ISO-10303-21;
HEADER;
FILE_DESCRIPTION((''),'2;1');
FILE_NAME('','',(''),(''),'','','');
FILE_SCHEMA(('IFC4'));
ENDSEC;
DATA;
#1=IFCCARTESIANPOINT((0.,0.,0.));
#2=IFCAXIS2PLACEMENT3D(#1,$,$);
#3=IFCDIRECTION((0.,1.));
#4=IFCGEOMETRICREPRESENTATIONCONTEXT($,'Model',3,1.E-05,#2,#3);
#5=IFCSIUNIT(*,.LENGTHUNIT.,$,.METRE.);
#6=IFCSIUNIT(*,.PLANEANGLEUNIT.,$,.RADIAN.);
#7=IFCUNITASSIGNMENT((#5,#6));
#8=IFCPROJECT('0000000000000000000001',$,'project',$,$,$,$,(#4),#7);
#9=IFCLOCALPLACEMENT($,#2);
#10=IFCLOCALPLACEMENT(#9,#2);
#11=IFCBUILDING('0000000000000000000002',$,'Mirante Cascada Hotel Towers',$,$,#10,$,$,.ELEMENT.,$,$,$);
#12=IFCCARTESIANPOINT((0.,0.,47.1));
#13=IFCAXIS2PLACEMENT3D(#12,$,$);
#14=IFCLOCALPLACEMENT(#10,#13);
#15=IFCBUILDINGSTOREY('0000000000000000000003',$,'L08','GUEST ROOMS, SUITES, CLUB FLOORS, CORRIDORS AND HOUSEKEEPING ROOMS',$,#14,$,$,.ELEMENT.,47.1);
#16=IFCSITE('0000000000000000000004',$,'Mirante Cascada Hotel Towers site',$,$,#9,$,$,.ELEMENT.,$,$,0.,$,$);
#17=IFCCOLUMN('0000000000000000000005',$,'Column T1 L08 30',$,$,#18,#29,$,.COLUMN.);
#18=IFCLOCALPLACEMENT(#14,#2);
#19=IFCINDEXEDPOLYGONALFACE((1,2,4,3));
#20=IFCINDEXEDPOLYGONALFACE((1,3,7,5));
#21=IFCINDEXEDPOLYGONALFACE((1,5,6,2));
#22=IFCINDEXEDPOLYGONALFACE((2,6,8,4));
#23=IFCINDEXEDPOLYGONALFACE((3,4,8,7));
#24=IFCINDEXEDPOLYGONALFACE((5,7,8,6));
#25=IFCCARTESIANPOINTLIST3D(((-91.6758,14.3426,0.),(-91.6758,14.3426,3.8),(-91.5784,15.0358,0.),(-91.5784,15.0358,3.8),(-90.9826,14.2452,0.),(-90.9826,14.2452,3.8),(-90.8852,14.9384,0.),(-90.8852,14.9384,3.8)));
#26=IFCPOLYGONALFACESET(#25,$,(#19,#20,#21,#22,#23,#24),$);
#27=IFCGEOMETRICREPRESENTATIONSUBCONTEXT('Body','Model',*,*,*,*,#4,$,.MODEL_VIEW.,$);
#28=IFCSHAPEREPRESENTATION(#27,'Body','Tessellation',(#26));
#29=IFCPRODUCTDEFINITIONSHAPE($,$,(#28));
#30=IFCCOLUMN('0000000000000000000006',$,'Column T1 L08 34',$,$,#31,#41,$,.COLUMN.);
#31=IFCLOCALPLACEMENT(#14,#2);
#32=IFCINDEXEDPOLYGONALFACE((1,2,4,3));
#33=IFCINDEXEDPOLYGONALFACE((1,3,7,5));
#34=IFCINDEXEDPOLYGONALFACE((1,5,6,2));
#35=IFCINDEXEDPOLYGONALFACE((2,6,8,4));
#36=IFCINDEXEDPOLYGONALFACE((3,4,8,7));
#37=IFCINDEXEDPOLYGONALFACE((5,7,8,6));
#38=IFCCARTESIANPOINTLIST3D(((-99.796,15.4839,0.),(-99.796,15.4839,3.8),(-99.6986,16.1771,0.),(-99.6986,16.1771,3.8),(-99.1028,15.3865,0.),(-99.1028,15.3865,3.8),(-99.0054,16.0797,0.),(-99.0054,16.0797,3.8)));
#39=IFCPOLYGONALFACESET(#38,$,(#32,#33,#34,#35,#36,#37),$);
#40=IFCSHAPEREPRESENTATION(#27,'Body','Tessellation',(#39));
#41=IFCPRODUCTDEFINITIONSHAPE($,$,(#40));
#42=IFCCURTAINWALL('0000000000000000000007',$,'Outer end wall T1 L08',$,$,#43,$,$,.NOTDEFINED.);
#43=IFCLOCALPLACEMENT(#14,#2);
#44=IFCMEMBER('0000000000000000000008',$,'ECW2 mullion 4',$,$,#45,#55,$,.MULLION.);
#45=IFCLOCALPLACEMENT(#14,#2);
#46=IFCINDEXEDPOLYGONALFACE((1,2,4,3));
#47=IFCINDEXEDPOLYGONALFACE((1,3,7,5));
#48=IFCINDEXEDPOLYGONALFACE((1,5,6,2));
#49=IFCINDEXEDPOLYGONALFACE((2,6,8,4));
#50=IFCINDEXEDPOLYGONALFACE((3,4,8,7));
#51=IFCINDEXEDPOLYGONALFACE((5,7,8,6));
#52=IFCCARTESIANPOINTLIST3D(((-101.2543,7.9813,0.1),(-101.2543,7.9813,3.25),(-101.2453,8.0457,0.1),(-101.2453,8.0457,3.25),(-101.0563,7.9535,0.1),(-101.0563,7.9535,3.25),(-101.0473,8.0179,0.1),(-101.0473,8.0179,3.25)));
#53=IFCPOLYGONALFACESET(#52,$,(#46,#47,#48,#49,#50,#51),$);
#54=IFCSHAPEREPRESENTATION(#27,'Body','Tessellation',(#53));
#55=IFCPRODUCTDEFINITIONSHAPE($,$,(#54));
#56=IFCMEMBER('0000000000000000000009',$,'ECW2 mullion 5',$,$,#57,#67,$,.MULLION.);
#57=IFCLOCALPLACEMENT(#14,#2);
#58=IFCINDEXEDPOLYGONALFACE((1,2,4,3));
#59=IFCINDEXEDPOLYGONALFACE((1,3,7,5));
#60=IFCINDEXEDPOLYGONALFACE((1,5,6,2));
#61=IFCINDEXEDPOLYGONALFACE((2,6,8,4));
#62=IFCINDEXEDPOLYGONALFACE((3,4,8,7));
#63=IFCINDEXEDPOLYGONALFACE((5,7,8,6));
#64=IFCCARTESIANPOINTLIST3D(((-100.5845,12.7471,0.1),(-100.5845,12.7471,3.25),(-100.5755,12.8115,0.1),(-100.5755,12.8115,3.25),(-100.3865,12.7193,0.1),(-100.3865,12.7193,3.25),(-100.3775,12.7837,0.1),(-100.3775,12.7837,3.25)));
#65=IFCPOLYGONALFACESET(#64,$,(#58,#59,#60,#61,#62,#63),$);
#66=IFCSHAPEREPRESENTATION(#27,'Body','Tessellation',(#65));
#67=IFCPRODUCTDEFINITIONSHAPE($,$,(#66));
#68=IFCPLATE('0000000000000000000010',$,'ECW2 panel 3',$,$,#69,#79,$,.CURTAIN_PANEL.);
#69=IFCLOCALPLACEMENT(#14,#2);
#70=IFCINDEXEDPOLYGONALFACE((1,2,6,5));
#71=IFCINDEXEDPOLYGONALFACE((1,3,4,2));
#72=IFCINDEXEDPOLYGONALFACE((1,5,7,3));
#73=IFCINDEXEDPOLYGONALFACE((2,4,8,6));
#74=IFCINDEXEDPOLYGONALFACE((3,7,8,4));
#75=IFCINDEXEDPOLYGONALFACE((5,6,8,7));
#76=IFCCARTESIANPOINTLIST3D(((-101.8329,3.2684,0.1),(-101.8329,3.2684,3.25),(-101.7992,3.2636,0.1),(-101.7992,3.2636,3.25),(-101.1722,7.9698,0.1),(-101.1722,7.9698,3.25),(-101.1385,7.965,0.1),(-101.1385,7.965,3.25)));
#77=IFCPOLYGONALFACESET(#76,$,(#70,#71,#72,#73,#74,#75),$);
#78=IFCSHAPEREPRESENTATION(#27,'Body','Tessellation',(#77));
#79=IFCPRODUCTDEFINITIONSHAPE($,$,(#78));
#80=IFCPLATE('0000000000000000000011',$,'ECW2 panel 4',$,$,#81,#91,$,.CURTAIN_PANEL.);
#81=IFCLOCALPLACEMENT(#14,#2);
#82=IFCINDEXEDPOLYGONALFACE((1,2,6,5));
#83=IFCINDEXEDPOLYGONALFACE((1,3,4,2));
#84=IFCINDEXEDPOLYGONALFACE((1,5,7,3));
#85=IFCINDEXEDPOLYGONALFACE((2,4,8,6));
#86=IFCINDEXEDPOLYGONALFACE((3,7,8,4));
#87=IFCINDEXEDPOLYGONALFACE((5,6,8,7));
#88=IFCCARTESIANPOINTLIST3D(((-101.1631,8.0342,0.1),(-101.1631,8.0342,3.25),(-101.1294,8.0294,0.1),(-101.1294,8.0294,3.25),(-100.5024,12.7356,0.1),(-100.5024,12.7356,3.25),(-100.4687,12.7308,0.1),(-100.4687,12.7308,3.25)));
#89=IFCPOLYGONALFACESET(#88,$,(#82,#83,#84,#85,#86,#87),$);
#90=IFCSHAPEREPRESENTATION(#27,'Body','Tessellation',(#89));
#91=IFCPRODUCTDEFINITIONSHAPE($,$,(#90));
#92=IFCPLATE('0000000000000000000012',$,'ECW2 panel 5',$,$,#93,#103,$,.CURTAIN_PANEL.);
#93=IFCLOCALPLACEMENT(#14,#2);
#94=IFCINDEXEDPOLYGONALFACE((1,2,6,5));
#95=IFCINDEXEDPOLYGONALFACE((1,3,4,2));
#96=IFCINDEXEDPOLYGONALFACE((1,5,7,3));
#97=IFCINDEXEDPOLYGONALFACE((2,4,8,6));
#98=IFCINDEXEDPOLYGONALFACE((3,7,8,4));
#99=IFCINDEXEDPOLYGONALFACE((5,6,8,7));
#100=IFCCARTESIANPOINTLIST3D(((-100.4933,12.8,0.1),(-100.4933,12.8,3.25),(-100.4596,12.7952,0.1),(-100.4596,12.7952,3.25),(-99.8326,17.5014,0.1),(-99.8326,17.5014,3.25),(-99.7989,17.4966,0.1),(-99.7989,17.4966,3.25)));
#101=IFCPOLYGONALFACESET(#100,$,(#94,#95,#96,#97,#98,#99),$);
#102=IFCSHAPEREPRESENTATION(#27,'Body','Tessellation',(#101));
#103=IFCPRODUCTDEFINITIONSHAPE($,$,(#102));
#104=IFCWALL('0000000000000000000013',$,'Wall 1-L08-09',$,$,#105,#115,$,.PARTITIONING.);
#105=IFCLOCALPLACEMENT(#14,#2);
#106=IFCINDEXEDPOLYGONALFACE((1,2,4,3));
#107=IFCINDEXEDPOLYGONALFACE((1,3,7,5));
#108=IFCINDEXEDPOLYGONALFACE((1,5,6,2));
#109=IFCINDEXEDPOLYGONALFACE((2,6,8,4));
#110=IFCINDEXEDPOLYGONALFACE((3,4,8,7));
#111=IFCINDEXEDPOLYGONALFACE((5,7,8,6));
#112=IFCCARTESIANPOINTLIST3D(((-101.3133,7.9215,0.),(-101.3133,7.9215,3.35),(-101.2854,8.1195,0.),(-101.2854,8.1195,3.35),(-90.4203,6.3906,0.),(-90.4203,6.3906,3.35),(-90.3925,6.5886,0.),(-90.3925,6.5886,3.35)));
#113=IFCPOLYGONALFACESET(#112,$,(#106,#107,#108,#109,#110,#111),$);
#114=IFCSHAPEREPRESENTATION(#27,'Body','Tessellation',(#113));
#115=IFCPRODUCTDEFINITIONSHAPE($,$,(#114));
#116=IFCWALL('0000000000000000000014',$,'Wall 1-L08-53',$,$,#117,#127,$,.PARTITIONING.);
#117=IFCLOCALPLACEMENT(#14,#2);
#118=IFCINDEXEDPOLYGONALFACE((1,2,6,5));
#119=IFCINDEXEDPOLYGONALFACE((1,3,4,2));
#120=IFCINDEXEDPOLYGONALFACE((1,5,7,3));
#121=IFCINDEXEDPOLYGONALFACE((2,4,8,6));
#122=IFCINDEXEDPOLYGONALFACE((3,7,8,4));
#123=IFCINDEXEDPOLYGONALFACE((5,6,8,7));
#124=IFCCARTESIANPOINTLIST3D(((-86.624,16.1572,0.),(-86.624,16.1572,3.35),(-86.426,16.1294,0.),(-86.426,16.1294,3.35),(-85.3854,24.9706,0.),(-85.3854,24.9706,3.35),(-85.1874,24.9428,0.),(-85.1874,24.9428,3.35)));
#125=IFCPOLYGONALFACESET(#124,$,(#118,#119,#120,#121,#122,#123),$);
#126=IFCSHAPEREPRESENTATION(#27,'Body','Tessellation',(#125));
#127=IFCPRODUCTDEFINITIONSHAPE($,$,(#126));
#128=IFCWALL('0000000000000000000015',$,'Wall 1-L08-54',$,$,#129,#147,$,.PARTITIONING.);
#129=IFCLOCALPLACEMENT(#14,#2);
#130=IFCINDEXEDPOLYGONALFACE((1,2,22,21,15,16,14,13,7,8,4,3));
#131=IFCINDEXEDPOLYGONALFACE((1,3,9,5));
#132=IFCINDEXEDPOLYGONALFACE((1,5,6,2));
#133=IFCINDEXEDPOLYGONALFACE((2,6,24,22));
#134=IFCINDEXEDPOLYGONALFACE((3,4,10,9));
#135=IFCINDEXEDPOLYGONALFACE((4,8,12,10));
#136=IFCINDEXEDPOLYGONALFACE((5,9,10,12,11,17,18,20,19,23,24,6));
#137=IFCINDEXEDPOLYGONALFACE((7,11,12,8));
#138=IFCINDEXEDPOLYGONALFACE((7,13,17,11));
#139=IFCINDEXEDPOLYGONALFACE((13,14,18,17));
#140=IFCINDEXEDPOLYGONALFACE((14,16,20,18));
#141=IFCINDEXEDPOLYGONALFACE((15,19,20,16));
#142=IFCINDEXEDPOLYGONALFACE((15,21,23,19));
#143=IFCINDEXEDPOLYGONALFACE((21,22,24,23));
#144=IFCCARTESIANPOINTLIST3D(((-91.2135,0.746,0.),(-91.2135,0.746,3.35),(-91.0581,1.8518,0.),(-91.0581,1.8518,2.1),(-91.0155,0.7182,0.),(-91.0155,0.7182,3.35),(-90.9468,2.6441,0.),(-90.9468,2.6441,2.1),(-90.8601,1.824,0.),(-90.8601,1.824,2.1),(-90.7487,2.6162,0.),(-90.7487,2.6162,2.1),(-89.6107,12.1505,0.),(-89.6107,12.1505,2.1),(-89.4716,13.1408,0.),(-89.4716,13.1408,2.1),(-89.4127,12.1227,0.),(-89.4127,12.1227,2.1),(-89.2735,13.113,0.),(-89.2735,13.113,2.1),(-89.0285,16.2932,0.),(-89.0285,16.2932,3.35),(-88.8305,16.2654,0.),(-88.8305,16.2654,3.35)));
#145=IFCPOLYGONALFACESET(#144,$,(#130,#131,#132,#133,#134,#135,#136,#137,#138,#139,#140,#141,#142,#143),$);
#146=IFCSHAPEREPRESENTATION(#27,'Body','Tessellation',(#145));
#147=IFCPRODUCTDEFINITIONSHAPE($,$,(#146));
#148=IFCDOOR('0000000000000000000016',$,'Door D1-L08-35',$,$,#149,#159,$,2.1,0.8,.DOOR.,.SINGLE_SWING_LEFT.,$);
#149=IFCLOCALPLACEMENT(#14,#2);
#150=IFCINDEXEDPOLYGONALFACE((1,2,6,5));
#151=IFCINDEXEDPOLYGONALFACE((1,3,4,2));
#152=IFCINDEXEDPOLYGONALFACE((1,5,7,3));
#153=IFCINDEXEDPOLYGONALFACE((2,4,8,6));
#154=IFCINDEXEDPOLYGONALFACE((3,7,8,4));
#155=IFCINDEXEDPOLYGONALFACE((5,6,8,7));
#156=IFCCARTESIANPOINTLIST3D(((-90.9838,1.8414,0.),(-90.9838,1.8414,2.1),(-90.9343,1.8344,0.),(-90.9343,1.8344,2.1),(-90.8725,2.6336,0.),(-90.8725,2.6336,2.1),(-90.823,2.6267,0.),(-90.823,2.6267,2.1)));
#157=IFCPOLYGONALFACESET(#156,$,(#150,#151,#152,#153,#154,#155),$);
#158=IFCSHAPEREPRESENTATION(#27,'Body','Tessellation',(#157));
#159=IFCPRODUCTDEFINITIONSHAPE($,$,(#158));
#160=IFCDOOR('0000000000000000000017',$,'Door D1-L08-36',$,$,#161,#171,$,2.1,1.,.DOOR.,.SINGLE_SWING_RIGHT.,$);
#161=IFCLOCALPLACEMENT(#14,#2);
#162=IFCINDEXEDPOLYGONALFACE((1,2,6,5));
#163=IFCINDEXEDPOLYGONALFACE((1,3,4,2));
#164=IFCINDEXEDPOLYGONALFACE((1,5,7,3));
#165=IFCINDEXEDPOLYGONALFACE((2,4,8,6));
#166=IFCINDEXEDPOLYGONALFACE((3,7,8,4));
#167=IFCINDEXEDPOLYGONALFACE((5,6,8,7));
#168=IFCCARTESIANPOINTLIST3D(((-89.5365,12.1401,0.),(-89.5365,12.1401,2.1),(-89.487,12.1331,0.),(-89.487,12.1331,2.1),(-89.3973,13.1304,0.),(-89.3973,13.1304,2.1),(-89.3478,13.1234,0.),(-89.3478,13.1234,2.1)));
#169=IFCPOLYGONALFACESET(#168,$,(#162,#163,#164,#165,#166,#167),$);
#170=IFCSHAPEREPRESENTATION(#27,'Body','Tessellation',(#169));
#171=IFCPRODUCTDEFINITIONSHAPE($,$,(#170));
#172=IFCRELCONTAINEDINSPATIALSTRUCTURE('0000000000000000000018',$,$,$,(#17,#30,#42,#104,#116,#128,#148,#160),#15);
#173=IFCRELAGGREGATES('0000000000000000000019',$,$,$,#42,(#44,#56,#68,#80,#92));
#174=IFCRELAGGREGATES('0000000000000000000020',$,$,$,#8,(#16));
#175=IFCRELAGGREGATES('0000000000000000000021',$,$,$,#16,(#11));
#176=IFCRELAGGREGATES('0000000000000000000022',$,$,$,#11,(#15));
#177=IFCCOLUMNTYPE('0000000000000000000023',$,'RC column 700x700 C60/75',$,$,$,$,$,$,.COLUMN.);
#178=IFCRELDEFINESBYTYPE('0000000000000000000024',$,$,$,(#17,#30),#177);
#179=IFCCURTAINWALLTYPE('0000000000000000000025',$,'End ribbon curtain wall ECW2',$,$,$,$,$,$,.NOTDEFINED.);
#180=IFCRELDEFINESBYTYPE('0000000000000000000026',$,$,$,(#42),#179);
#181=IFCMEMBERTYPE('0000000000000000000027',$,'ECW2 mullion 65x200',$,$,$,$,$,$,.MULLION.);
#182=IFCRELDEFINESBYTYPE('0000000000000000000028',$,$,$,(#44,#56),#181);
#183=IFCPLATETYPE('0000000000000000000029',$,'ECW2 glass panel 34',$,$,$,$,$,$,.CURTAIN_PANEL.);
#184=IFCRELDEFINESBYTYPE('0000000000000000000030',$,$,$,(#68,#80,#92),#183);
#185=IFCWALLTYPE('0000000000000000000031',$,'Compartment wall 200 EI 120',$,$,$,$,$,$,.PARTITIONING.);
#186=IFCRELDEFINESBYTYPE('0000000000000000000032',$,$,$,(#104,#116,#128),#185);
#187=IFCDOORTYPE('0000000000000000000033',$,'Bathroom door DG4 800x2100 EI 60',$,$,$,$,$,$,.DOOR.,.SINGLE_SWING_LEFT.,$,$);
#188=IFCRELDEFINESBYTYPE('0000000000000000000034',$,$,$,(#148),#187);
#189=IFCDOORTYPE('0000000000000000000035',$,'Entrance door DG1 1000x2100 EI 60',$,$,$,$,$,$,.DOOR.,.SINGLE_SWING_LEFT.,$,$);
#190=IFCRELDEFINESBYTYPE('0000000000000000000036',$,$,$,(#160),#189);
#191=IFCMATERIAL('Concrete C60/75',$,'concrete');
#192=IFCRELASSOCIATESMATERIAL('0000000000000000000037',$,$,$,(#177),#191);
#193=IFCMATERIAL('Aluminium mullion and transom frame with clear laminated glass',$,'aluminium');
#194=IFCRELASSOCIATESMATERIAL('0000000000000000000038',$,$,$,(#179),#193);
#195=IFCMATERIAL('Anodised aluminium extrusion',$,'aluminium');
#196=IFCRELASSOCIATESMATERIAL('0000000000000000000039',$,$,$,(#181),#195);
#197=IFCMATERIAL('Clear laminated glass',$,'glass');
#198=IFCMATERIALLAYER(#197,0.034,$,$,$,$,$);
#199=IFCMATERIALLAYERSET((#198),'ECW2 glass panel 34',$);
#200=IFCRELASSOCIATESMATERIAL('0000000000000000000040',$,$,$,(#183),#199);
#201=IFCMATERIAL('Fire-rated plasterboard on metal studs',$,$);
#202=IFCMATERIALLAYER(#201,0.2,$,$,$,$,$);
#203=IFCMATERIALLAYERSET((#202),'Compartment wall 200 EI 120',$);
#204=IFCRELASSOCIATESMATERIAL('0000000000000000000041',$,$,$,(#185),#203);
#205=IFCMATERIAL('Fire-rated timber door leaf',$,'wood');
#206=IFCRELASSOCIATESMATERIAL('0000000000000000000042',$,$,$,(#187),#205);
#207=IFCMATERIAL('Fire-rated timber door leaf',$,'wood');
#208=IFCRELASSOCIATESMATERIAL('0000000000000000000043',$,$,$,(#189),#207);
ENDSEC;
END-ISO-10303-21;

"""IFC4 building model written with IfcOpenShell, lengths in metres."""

from ifc_helpers import new_model, si_unit, direction, frame, frame_2d, origin, origin_2d, place, context, subcontext, project, spatial, rectangle, extrude, material, layer, layer_set, material_profile, profile_set, type_object, element, fill, aggregate, save


model = new_model("IFC4")

# Units and contexts
model_context = context("Model", 3, precision=1e-05, world=origin(), true_north=direction((0.0, 1.0)))
body_context = subcontext(model_context, "Body", "Model", "MODEL_VIEW")
ifc_project = project(units=[si_unit("LENGTHUNIT", "METRE"), si_unit("PLANEANGLEUNIT", "RADIAN")], contexts=[model_context])

# Site, building, storey
site_placement = place(None, origin())
site = spatial("IfcSite", under=ifc_project, at=site_placement, Name="Mirante Cascada Hotel Towers site", CompositionType="ELEMENT", RefElevation=0.0)
building_placement = place(site_placement, origin())
building = spatial("IfcBuilding", under=site, at=building_placement, Name="Mirante Cascada Hotel Towers", CompositionType="ELEMENT")
storey_placement = place(building_placement, frame((0.0, 0.0, 47.1)))
storey = spatial("IfcBuildingStorey", under=building, at=storey_placement, Name="L08", Description="GUEST ROOMS, SUITES, CLUB FLOORS, CORRIDORS AND HOUSEKEEPING ROOMS", CompositionType="ELEMENT", Elevation=47.1)

# Columns
ifc_material_1 = material(Name="Concrete C60/75", Category="concrete")
ifc_material_profile_1 = material_profile(ifc_material_1, rectangle(XDim=0.7, YDim=0.7, at=origin_2d()), Name="RC column 700x700 C60/75")
ifc_profile_set_1 = profile_set([ifc_material_profile_1], Name="Concrete C60/75")
column_type = type_object("IfcColumnType", Name="RC column 700x700 C60/75", PredefinedType="COLUMN", material=ifc_profile_set_1)
for number, where, z_axis, x_axis, name in (
    (1, (-91.2805, 14.6405, 0.0), (0.0, 0.0, 1.0), (-0.990268, 0.139173, 0.0), "Column T1 L08 30"),
    (2, (-99.4007, 15.7818, 0.0), (0.0, 0.0, 1.0), (-0.990268, 0.139173, 0.0), "Column T1 L08 34"),
):
    element("IfcColumn", number, at=place(storey_placement, frame(where, z_axis=z_axis, x_axis=x_axis)), inside=storey, type_object=column_type, Name=name, PredefinedType="COLUMN", context=body_context, shape_type="SweptSolid", body=[
        extrude(rectangle(XDim=0.7, YDim=0.7, at=origin_2d()), origin(), (0.0, 0.0, 1.0), 3.8),
    ])

# Curtain wall, members, plates
ifc_material_2 = material(Name="Aluminium mullion and transom frame with clear laminated glass", Category="aluminium")
curtain_wall_type = type_object("IfcCurtainWallType", Name="End ribbon curtain wall ECW2", PredefinedType="NOTDEFINED", material=ifc_material_2)
curtain_wall_placement = place(storey_placement, origin())
curtain_wall = element("IfcCurtainWall", 3, at=curtain_wall_placement, inside=storey, type_object=curtain_wall_type, Name="Outer end wall T1 L08", PredefinedType="NOTDEFINED")
ifc_material_3 = material(Name="Anodised aluminium extrusion", Category="aluminium")
ifc_material_profile_2 = material_profile(ifc_material_3, rectangle(XDim=0.2, YDim=0.065, at=origin_2d()), Name="ECW2 MULLION 65x200")
ifc_profile_set_2 = profile_set([ifc_material_profile_2], Name="Anodised aluminium extrusion")
member_type = type_object("IfcMemberType", Name="ECW2 mullion 65x200", PredefinedType="MULLION", material=ifc_profile_set_2)
member_1_placement = place(storey_placement, frame((-101.1508, 7.9996, 0.1), z_axis=(0.0, 0.0, 1.0), x_axis=(-0.990268, 0.139173, 0.0)))
member_1 = element("IfcMember", 4, at=member_1_placement, type_object=member_type, Name="ECW2 mullion 4", PredefinedType="MULLION", context=body_context, shape_type="SweptSolid", body=[
    extrude(rectangle(XDim=0.2, YDim=0.065, at=origin_2d()), origin(), (0.0, 0.0, 1.0), 3.15),
])
member_2_placement = place(storey_placement, frame((-100.481, 12.7654, 0.1), z_axis=(0.0, 0.0, 1.0), x_axis=(-0.990268, 0.139173, 0.0)))
member_2 = element("IfcMember", 5, at=member_2_placement, type_object=member_type, Name="ECW2 mullion 5", PredefinedType="MULLION", context=body_context, shape_type="SweptSolid", body=[
    extrude(rectangle(XDim=0.2, YDim=0.065, at=origin_2d()), origin(), (0.0, 0.0, 1.0), 3.15),
])
ifc_material_4 = material(Name="Clear laminated glass", Category="glass")
ifc_layer_1 = layer(ifc_material_4, 0.034)
ifc_layer_set_1 = layer_set([ifc_layer_1], Name="ECW2 glass panel 34")
plate_type = type_object("IfcPlateType", Name="ECW2 glass panel 34", PredefinedType="CURTAIN_PANEL", material=ifc_layer_set_1)
plate_1_placement = place(storey_placement, frame((-101.4857, 5.6167, 0.1), z_axis=(0.0, 0.0, 1.0), x_axis=(0.139173, 0.990268, 0.0)))
plate_1 = element("IfcPlate", 6, at=plate_1_placement, type_object=plate_type, Name="ECW2 panel 3", PredefinedType="CURTAIN_PANEL", context=body_context, shape_type="SweptSolid", body=[
    extrude(rectangle(XDim=4.7476, YDim=0.034, at=origin_2d()), origin(), (0.0, 0.0, 1.0), 3.15),
])
plate_2_placement = place(storey_placement, frame((-100.8159, 10.3825, 0.1), z_axis=(0.0, 0.0, 1.0), x_axis=(0.139173, 0.990268, 0.0)))
plate_2 = element("IfcPlate", 7, at=plate_2_placement, type_object=plate_type, Name="ECW2 panel 4", PredefinedType="CURTAIN_PANEL", context=body_context, shape_type="SweptSolid", body=[
    extrude(rectangle(XDim=4.7476, YDim=0.034, at=origin_2d()), origin(), (0.0, 0.0, 1.0), 3.15),
])
plate_3_placement = place(storey_placement, frame((-100.1461, 15.1483, 0.1), z_axis=(0.0, 0.0, 1.0), x_axis=(0.139173, 0.990268, 0.0)))
plate_3 = element("IfcPlate", 8, at=plate_3_placement, type_object=plate_type, Name="ECW2 panel 5", PredefinedType="CURTAIN_PANEL", context=body_context, shape_type="SweptSolid", body=[
    extrude(rectangle(XDim=4.7476, YDim=0.034, at=origin_2d()), origin(), (0.0, 0.0, 1.0), 3.15),
])
aggregate(curtain_wall, [member_1, member_2, plate_1, plate_2, plate_3])

# Walls
ifc_material_5 = material(Name="Fire-rated plasterboard on metal studs")
ifc_layer_2 = layer(ifc_material_5, 0.2)
ifc_layer_set_2 = layer_set([ifc_layer_2], Name="Compartment wall 200 EI 120")
wall_type_1 = type_object("IfcWallType", Name="Compartment wall 200 EI 120", PredefinedType="PARTITIONING", material=ifc_layer_set_2)
wall_1_placement = place(storey_placement, frame((-90.4064, 6.4896, 0.0), z_axis=(0.0, 0.0, 1.0), x_axis=(-0.990268, 0.139173, 0.0)))
element("IfcWall", 9, at=wall_1_placement, inside=storey, type_object=wall_type_1, Name="Wall 1-L08-09", PredefinedType="PARTITIONING", context=body_context, shape_type="SweptSolid", body=[
    extrude(rectangle(XDim=11.0, YDim=0.2, at=frame_2d((5.5, 0.0))), origin(), (0.0, 0.0, 1.0), 3.35),
])
wall_2_placement = place(storey_placement, frame((-86.525, 16.1433, 0.0), z_axis=(0.0, 0.0, 1.0), x_axis=(0.139168, 0.990269, 0.0)))
element("IfcWall", 10, at=wall_2_placement, inside=storey, type_object=wall_type_1, Name="Wall 1-L08-53", PredefinedType="PARTITIONING", context=body_context, shape_type="SweptSolid", body=[
    extrude(rectangle(XDim=8.9, YDim=0.2, at=frame_2d((4.45, 0.0))), origin(), (0.0, 0.0, 1.0), 3.35),
])

# Wall, openings, doors
wall_3_placement = place(storey_placement, frame((-88.9295, 16.2793, 0.0), z_axis=(0.0, 0.0, 1.0), x_axis=(-0.139172, -0.990268, 0.0)))
wall_3 = element("IfcWall", 11, at=wall_3_placement, inside=storey, type_object=wall_type_1, Name="Wall 1-L08-54", PredefinedType="PARTITIONING", context=body_context, shape_type="SweptSolid", body=[
    extrude(rectangle(XDim=15.7, YDim=0.2, at=frame_2d((7.85, 0.0))), origin(), (0.0, 0.0, 1.0), 3.35),
])
opening_1_placement = place(wall_3_placement, frame((13.7833, 0.0, 0.0)))
opening_1 = element("IfcOpeningElement", 12, at=opening_1_placement, cuts=wall_3, PredefinedType="OPENING", context=body_context, shape_type="SweptSolid", body=[
    extrude(rectangle(XDim=0.8, YDim=2.1, at=frame_2d((0.4, 1.05))), frame((0.0, 0.1, 0.0), z_axis=(0.0, -1.0, 0.0), x_axis=(1.0, 0.0, 0.0)), (0.0, 0.0, 1.0), 0.2),
])
opening_2_placement = place(wall_3_placement, frame((3.1834, 0.0, 0.0)))
opening_2 = element("IfcOpeningElement", 13, at=opening_2_placement, cuts=wall_3, PredefinedType="OPENING", context=body_context, shape_type="SweptSolid", body=[
    extrude(rectangle(XDim=1.0, YDim=2.1, at=frame_2d((0.5, 1.05))), frame((0.0, 0.1, 0.0), z_axis=(0.0, -1.0, 0.0), x_axis=(1.0, 0.0, 0.0)), (0.0, 0.0, 1.0), 0.2),
])
ifc_material_6 = material(Name="Fire-rated timber door leaf", Category="wood")
door_type_1 = type_object("IfcDoorType", Name="Bathroom door DG4 800x2100 EI 60", OperationType="SINGLE_SWING_LEFT", PredefinedType="DOOR", material=ifc_material_6)
door_1_placement = place(opening_1_placement, origin())
door_1 = element("IfcDoor", 14, at=door_1_placement, inside=storey, type_object=door_type_1, Name="Door D1-L08-35", OperationType="SINGLE_SWING_LEFT", OverallHeight=2.1, OverallWidth=0.8, PredefinedType="DOOR", context=body_context, shape_type="SweptSolid", body=[
    extrude(rectangle(XDim=0.8, YDim=2.1, at=frame_2d((0.4, 1.05))), frame((0.0, 0.025, 0.0), z_axis=(0.0, -1.0, 0.0), x_axis=(1.0, 0.0, 0.0)), (0.0, 0.0, 1.0), 0.05),
])
fill(opening_1, door_1)
ifc_material_7 = material(Name="Fire-rated timber door leaf", Category="wood")
door_type_2 = type_object("IfcDoorType", Name="Entrance door DG1 1000x2100 EI 60", OperationType="SINGLE_SWING_LEFT", PredefinedType="DOOR", material=ifc_material_7)
door_2_placement = place(opening_2_placement, frame((1.0, 0.0, 0.0), z_axis=(0.0, 0.0, 1.0), x_axis=(-1.0, 0.0, 0.0)))
door_2 = element("IfcDoor", 15, at=door_2_placement, inside=storey, type_object=door_type_2, Name="Door D1-L08-36", OperationType="SINGLE_SWING_RIGHT", OverallHeight=2.1, OverallWidth=1.0, PredefinedType="DOOR", context=body_context, shape_type="SweptSolid", body=[
    extrude(rectangle(XDim=1.0, YDim=2.1, at=frame_2d((0.5, 1.05))), frame((0.0, 0.025, 0.0), z_axis=(0.0, -1.0, 0.0), x_axis=(1.0, 0.0, 0.0)), (0.0, 0.0, 1.0), 0.05),
])
fill(opening_2, door_2)

save(model, "model.ifc")
